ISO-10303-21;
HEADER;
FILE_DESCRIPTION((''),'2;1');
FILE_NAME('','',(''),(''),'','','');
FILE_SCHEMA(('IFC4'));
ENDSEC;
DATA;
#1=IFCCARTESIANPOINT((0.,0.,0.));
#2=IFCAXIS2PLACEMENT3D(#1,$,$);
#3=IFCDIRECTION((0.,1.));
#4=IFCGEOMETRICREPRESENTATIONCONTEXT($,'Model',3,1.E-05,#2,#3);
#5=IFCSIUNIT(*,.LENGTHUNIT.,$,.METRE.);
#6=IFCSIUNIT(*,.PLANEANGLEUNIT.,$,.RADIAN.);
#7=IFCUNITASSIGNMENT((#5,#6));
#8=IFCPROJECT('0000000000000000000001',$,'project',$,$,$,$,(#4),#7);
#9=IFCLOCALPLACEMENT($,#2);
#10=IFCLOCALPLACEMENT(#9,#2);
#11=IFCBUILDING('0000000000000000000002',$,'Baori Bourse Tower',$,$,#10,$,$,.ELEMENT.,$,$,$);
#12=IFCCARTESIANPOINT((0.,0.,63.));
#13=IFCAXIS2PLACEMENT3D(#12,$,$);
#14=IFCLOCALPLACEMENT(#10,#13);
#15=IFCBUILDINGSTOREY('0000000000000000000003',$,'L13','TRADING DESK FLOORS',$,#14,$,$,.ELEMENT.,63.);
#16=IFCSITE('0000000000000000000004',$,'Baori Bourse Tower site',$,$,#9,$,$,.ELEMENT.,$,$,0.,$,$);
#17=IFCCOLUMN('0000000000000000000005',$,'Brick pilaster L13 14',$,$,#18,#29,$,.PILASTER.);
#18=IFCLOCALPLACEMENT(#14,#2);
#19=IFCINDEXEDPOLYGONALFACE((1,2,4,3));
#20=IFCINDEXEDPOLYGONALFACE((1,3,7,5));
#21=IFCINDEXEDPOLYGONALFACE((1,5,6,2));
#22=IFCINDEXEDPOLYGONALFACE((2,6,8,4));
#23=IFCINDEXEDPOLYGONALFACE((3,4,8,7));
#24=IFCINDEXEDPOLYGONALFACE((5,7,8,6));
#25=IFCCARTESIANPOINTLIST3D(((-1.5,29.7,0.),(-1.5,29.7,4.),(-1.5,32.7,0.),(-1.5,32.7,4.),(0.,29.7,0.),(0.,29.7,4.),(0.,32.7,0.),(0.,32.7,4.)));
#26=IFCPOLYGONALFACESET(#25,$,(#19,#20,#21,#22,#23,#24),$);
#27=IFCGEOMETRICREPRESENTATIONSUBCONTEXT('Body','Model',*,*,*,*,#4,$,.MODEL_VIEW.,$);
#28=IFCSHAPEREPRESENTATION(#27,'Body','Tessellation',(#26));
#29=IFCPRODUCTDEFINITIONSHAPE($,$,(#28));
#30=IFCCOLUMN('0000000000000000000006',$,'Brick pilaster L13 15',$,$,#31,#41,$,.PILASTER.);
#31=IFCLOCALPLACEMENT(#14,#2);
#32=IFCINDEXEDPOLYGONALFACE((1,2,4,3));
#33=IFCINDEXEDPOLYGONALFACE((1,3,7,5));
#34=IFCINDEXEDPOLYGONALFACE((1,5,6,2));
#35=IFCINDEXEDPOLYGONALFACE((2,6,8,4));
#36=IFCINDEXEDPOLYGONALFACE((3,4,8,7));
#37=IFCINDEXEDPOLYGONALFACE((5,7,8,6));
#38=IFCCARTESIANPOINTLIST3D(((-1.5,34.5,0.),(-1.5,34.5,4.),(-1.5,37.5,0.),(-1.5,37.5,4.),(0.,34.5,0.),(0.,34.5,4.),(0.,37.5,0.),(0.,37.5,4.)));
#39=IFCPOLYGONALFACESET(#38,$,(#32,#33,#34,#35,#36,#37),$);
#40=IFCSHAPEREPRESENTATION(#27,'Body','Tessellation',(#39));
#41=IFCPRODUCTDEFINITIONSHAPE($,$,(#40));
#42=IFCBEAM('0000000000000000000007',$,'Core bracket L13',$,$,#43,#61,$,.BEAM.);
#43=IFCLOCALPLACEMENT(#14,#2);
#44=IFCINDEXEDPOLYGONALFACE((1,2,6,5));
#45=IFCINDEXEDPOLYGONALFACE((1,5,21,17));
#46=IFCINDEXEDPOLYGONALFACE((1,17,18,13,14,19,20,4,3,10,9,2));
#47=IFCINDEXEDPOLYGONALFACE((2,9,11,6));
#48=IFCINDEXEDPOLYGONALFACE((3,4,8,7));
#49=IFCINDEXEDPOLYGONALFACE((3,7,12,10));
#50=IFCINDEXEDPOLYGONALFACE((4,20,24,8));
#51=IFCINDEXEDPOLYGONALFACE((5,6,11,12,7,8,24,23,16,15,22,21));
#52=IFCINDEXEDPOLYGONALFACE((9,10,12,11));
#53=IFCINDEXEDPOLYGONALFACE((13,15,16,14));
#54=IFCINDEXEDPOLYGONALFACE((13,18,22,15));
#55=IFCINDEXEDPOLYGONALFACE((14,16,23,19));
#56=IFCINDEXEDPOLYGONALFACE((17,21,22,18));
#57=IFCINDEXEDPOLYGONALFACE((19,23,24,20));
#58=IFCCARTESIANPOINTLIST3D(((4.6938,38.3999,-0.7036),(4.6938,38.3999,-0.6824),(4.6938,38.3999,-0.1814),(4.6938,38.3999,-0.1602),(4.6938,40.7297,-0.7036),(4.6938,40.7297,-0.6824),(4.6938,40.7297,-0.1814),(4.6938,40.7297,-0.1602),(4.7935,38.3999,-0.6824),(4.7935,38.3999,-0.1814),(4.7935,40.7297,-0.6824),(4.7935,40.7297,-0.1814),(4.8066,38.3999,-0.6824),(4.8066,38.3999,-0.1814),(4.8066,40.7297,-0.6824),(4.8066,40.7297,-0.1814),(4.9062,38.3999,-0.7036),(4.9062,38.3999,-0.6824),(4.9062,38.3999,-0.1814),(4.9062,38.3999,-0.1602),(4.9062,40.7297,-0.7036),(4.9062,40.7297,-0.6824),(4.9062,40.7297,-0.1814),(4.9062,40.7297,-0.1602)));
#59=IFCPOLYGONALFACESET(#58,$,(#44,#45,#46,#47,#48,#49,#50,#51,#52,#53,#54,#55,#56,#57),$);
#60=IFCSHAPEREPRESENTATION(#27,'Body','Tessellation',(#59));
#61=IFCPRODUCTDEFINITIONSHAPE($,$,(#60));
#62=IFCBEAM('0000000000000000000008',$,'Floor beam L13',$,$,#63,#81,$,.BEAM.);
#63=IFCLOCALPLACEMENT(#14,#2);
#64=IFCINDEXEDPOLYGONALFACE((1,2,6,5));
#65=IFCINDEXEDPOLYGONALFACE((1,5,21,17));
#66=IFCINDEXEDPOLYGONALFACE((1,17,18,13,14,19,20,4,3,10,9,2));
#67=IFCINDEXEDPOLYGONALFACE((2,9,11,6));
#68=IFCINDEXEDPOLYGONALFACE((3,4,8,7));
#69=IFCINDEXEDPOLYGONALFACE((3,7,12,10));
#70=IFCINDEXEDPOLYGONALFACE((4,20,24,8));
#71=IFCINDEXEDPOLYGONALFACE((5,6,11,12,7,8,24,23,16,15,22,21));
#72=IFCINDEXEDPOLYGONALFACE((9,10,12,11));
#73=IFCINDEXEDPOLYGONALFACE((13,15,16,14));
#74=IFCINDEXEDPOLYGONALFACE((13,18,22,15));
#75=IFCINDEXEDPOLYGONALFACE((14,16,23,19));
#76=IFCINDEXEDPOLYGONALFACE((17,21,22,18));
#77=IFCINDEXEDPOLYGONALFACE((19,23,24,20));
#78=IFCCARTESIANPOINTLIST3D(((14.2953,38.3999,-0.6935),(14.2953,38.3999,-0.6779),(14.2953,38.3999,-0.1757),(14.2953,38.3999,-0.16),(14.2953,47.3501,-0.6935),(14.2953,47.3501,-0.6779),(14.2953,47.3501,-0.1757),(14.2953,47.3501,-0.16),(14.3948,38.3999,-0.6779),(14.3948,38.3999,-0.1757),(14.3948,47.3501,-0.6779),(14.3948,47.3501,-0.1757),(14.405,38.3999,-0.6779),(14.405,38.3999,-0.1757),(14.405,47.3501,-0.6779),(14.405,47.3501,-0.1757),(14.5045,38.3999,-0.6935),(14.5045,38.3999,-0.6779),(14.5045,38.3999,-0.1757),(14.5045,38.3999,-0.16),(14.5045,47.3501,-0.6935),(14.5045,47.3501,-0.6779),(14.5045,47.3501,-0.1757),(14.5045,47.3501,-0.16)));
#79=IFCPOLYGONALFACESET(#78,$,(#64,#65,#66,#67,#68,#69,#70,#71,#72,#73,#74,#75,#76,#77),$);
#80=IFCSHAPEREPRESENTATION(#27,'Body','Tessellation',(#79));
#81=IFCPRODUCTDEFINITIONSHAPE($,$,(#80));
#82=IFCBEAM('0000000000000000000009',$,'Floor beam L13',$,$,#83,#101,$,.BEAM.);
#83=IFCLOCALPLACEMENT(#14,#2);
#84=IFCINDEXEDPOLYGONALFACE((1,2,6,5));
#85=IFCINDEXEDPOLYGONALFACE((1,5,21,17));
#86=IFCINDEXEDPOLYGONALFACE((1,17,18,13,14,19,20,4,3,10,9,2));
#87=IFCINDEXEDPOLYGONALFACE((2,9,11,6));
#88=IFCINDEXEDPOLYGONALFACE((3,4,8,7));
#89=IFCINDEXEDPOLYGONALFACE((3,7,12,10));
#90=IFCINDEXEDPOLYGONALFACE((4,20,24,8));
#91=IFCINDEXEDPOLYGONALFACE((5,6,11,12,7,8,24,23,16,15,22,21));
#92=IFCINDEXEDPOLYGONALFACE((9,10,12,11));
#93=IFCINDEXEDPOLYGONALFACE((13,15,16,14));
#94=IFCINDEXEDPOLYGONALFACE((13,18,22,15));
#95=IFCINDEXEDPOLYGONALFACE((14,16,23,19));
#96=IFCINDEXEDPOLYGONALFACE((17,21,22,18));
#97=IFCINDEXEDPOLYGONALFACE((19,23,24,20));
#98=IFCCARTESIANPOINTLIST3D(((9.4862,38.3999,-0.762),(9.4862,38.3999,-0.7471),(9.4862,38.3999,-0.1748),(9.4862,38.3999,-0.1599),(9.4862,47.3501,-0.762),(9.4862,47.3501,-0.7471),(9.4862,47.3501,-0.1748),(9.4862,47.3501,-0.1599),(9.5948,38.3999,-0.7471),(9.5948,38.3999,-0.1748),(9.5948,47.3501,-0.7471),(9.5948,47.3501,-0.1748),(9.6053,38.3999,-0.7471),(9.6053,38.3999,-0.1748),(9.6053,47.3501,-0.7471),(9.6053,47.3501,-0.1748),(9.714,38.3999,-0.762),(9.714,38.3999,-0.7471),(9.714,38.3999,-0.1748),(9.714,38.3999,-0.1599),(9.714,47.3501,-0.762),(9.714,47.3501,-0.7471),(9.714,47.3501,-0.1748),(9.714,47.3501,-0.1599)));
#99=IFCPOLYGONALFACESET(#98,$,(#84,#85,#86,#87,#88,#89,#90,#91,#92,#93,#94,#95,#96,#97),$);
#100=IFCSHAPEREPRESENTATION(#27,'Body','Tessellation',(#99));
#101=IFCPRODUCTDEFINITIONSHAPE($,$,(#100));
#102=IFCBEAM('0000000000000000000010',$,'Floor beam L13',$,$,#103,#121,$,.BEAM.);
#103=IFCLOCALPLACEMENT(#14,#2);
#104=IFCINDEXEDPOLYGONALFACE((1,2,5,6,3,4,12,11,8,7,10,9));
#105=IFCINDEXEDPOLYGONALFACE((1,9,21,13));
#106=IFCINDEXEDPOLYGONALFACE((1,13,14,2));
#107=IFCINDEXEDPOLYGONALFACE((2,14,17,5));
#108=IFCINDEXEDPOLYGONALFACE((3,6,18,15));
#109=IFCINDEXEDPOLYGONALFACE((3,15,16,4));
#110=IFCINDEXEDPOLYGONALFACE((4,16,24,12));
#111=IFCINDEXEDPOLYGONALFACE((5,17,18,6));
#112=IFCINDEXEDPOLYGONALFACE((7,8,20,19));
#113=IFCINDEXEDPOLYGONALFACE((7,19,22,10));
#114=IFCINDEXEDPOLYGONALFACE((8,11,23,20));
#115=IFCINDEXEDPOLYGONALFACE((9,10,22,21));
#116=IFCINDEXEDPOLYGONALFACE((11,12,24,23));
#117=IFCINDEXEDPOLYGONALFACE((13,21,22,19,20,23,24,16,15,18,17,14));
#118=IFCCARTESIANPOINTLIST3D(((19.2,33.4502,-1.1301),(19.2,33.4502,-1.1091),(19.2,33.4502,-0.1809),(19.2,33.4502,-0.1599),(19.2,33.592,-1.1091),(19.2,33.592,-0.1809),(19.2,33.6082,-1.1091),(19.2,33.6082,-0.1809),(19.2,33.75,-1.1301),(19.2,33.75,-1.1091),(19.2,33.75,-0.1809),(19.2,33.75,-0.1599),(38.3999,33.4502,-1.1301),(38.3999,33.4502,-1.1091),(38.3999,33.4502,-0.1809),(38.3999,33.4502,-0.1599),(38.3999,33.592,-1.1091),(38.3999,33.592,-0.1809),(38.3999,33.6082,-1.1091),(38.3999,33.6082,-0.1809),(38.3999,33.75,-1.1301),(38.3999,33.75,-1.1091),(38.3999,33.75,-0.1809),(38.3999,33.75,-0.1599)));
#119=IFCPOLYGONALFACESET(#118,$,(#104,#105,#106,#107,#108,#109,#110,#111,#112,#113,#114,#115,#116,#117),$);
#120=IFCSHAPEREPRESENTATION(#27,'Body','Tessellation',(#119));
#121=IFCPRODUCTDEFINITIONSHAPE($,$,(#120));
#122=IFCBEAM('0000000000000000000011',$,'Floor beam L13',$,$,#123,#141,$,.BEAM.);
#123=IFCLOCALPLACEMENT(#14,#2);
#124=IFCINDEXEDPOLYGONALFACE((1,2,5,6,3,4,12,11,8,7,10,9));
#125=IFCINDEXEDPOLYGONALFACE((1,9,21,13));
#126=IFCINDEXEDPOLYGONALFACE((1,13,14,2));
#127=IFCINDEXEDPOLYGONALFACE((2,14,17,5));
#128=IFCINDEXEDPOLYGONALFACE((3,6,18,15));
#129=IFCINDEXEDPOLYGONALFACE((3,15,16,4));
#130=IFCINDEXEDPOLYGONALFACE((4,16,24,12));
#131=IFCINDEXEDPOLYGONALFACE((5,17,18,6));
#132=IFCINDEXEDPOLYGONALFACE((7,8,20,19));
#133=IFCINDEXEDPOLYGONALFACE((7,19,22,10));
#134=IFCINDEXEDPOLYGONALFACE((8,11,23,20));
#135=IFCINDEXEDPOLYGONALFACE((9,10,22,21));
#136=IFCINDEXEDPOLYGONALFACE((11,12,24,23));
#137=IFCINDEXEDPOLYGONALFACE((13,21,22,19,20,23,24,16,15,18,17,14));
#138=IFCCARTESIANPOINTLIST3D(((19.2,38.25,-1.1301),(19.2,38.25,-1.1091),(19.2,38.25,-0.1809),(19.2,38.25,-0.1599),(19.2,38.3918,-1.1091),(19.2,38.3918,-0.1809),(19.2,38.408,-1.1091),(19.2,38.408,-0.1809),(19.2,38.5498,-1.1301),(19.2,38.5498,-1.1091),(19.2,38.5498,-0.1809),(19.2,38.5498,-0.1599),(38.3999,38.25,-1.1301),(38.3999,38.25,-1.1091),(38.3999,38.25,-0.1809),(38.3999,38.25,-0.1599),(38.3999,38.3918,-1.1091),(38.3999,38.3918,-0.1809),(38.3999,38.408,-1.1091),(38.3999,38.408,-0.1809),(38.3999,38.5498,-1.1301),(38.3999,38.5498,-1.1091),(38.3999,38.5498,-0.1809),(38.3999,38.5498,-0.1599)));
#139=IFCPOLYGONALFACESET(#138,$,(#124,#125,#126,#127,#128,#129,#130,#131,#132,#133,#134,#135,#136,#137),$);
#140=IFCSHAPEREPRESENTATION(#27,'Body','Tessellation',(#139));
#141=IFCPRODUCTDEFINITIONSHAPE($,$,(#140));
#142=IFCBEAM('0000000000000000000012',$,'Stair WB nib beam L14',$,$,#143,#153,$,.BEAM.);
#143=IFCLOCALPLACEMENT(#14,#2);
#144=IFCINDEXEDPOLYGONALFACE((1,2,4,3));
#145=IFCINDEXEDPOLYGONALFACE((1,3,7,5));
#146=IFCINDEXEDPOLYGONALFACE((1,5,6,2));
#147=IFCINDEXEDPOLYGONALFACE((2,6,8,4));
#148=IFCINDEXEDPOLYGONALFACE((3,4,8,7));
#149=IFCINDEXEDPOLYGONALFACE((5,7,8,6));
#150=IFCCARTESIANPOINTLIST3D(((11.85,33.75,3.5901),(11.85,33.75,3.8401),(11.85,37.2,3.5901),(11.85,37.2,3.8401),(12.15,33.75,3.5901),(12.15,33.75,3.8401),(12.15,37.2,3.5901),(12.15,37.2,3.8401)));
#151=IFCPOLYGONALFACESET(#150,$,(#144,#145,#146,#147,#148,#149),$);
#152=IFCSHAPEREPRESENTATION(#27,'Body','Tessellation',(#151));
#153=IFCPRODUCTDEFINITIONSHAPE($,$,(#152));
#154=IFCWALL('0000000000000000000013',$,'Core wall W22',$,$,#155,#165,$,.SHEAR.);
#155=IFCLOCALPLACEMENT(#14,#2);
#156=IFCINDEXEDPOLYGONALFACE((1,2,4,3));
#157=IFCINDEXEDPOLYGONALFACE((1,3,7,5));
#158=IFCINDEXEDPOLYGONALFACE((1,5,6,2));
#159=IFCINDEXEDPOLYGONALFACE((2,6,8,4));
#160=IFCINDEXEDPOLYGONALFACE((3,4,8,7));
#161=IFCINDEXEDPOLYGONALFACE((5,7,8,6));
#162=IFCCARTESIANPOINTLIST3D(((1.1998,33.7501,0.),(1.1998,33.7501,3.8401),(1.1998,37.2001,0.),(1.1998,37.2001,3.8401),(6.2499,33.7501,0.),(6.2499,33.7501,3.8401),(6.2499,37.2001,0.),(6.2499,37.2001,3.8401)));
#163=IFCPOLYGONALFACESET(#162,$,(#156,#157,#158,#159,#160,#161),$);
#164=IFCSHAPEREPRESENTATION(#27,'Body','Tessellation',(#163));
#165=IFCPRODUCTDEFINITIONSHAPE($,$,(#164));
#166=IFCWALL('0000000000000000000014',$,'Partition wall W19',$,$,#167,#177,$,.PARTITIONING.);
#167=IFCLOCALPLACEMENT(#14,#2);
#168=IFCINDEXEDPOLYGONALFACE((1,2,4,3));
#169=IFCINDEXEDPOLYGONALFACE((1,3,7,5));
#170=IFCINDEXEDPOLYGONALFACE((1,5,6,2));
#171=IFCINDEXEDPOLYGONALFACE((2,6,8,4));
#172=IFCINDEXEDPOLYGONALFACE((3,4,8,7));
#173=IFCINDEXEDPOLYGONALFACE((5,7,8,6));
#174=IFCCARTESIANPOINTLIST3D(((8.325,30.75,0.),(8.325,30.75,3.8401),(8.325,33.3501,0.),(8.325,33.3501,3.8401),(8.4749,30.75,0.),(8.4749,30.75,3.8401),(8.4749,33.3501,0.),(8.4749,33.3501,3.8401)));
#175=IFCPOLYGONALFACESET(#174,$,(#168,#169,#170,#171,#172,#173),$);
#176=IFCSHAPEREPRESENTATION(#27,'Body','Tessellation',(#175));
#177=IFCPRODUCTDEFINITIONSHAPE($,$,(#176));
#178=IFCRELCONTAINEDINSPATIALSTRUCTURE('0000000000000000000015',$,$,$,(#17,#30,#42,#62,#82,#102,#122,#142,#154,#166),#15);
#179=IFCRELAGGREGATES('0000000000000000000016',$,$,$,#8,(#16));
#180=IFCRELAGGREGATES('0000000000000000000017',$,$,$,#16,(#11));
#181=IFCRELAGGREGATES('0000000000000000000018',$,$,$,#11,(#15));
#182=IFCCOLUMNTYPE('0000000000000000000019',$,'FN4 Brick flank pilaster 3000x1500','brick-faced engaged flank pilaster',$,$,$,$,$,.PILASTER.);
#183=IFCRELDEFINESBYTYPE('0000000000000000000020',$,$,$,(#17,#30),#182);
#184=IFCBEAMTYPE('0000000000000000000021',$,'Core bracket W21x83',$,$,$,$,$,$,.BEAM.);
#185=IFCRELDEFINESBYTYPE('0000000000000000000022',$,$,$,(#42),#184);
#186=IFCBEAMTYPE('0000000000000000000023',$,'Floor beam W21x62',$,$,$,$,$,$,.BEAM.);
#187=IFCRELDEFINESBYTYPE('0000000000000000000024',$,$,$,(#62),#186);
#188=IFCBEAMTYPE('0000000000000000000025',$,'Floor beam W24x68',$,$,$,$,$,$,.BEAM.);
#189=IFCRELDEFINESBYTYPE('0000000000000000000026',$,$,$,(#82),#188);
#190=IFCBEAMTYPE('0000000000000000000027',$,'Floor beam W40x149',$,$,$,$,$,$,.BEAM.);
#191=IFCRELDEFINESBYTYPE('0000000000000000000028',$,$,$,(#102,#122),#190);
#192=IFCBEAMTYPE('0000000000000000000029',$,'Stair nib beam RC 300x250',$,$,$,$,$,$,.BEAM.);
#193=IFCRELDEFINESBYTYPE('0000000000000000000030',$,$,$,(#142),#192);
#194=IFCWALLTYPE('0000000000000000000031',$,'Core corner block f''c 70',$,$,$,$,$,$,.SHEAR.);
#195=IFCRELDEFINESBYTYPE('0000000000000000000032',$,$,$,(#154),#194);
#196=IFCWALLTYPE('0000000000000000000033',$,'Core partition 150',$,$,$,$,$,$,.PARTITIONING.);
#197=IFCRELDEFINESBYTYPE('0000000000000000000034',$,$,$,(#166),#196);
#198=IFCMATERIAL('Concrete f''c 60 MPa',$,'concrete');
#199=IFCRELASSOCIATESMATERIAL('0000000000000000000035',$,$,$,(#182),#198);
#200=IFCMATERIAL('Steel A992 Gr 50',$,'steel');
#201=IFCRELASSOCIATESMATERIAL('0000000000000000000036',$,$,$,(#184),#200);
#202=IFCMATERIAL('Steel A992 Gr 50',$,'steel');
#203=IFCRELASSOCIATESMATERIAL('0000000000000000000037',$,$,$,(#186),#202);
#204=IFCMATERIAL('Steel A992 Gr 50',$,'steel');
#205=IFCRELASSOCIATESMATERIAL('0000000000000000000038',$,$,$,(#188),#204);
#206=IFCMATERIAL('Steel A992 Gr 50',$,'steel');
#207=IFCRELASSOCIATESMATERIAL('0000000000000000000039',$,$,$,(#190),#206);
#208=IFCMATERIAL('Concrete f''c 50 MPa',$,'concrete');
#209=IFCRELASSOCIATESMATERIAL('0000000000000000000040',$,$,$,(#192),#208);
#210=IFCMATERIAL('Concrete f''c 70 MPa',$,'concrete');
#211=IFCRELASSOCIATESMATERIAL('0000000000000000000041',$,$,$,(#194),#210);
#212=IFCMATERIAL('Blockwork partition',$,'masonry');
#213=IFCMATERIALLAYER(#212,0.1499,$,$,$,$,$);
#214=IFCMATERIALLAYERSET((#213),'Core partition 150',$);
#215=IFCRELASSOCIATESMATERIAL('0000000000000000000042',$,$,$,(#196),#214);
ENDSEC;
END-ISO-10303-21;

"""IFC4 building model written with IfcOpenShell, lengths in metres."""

from ifc_helpers import new_model, si_unit, direction, frame, frame_2d, origin, origin_2d, place, context, subcontext, project, spatial, rectangle, i_section, extrude, material, layer, layer_set, material_profile, profile_set, type_object, element, save


model = new_model("IFC4")

# Units and contexts
model_context = context("Model", 3, precision=1e-05, world=origin(), true_north=direction((0.0, 1.0)))
body_context = subcontext(model_context, "Body", "Model", "MODEL_VIEW")
ifc_project = project(units=[si_unit("LENGTHUNIT", "METRE"), si_unit("PLANEANGLEUNIT", "RADIAN")], contexts=[model_context])

# Site, building, storey
site_placement = place(None, origin())
site = spatial("IfcSite", under=ifc_project, at=site_placement, Name="Baori Bourse Tower site", CompositionType="ELEMENT", RefElevation=0.0)
building_placement = place(site_placement, origin())
building = spatial("IfcBuilding", under=site, at=building_placement, Name="Baori Bourse Tower", CompositionType="ELEMENT")
storey_placement = place(building_placement, frame((0.0, 0.0, 63.0)))
storey = spatial("IfcBuildingStorey", under=building, at=storey_placement, Name="L13", Description="TRADING DESK FLOORS", CompositionType="ELEMENT", Elevation=63.0)

# Columns
ifc_material_1 = material(Name="Concrete f'c 60 MPa", Category="concrete")
ifc_material_profile_1 = material_profile(ifc_material_1, rectangle(XDim=3.0, YDim=1.5, at=origin_2d()), Name="RC 3000x1500")
ifc_profile_set_1 = profile_set([ifc_material_profile_1], Name="Concrete f'c 60 MPa")
column_type = type_object("IfcColumnType", Name="FN4 Brick flank pilaster 3000x1500", Description="brick-faced engaged flank pilaster", PredefinedType="PILASTER", material=ifc_profile_set_1)
for number, where, z_axis, x_axis, name in (
    (1, (-0.75, 31.2, 0.0), (0.0, 0.0, 1.0), (0.0, 1.0, 0.0), "Brick pilaster L13 14"),
    (2, (-0.75, 36.0, 0.0), (0.0, 0.0, 1.0), (0.0, 1.0, 0.0), "Brick pilaster L13 15"),
):
    element("IfcColumn", number, at=place(storey_placement, frame(where, z_axis=z_axis, x_axis=x_axis)), inside=storey, type_object=column_type, Name=name, PredefinedType="PILASTER", context=body_context, shape_type="SweptSolid", body=[
        extrude(rectangle(XDim=3.0, YDim=1.5, at=origin_2d()), origin(), (0.0, 0.0, 1.0), 4.0),
    ])

# Beams
ifc_material_2 = material(Name="Steel A992 Gr 50", Category="steel")
ifc_material_profile_2 = material_profile(ifc_material_2, i_section(OverallWidth=0.2124, OverallDepth=0.5435, WebThickness=0.0132, FlangeThickness=0.0212, at=origin_2d()), Name="W21x83")
ifc_profile_set_2 = profile_set([ifc_material_profile_2], Name="Steel A992 Gr 50")
beam_type_1 = type_object("IfcBeamType", Name="Core bracket W21x83", PredefinedType="BEAM", material=ifc_profile_set_2)
beam_1_placement = place(storey_placement, frame((4.8, 38.3999, -0.4319), z_axis=(0.0, 1.0, 0.0), x_axis=(-1.0, 0.0, 0.0)))
element("IfcBeam", 3, at=beam_1_placement, inside=storey, type_object=beam_type_1, Name="Core bracket L13", PredefinedType="BEAM", context=body_context, shape_type="SweptSolid", body=[
    extrude(i_section(OverallWidth=0.2124, OverallDepth=0.5435, WebThickness=0.0132, FlangeThickness=0.0212, at=origin_2d()), origin(), (0.0, 0.0, 1.0), 2.3298),
])
ifc_material_3 = material(Name="Steel A992 Gr 50", Category="steel")
ifc_material_profile_3 = material_profile(ifc_material_3, i_section(OverallWidth=0.2092, OverallDepth=0.5334, WebThickness=0.0103, FlangeThickness=0.0156, at=origin_2d()), Name="W21x62")
ifc_profile_set_3 = profile_set([ifc_material_profile_3], Name="Steel A992 Gr 50")
beam_type_2 = type_object("IfcBeamType", Name="Floor beam W21x62", PredefinedType="BEAM", material=ifc_profile_set_3)
beam_2_placement = place(storey_placement, frame((14.3999, 38.3999, -0.4268), z_axis=(0.0, 1.0, 0.0), x_axis=(-1.0, 0.0, 0.0)))
element("IfcBeam", 4, at=beam_2_placement, inside=storey, type_object=beam_type_2, Name="Floor beam L13", PredefinedType="BEAM", context=body_context, shape_type="SweptSolid", body=[
    extrude(i_section(OverallWidth=0.2092, OverallDepth=0.5334, WebThickness=0.0103, FlangeThickness=0.0156, at=origin_2d()), origin(), (0.0, 0.0, 1.0), 8.9502),
])
ifc_material_4 = material(Name="Steel A992 Gr 50", Category="steel")
ifc_material_profile_4 = material_profile(ifc_material_4, i_section(OverallWidth=0.2278, OverallDepth=0.6021, WebThickness=0.0105, FlangeThickness=0.0149, at=origin_2d()), Name="W24x68")
ifc_profile_set_4 = profile_set([ifc_material_profile_4], Name="Steel A992 Gr 50")
beam_type_3 = type_object("IfcBeamType", Name="Floor beam W24x68", PredefinedType="BEAM", material=ifc_profile_set_4)
beam_3_placement = place(storey_placement, frame((9.6001, 38.3999, -0.4609), z_axis=(0.0, 1.0, 0.0), x_axis=(-1.0, 0.0, 0.0)))
element("IfcBeam", 5, at=beam_3_placement, inside=storey, type_object=beam_type_3, Name="Floor beam L13", PredefinedType="BEAM", context=body_context, shape_type="SweptSolid", body=[
    extrude(i_section(OverallWidth=0.2278, OverallDepth=0.6021, WebThickness=0.0105, FlangeThickness=0.0149, at=origin_2d()), origin(), (0.0, 0.0, 1.0), 8.9502),
])
ifc_material_5 = material(Name="Steel A992 Gr 50", Category="steel")
ifc_material_profile_5 = material_profile(ifc_material_5, i_section(OverallWidth=0.2998, OverallDepth=0.9702, WebThickness=0.0161, FlangeThickness=0.021, at=origin_2d()), Name="W40x149")
ifc_profile_set_5 = profile_set([ifc_material_profile_5], Name="Steel A992 Gr 50")
beam_type_4 = type_object("IfcBeamType", Name="Floor beam W40x149", PredefinedType="BEAM", material=ifc_profile_set_5)
for number, where, z_axis, x_axis, name in (
    (6, (19.2, 33.6001, -0.645), (1.0, 0.0, 0.0), (0.0, 1.0, 0.0), "Floor beam L13"),
    (7, (19.2, 38.3999, -0.645), (1.0, 0.0, 0.0), (0.0, 1.0, 0.0), "Floor beam L13"),
):
    element("IfcBeam", number, at=place(storey_placement, frame(where, z_axis=z_axis, x_axis=x_axis)), inside=storey, type_object=beam_type_4, Name=name, PredefinedType="BEAM", context=body_context, shape_type="SweptSolid", body=[
        extrude(i_section(OverallWidth=0.2998, OverallDepth=0.9702, WebThickness=0.0161, FlangeThickness=0.021, at=origin_2d()), origin(), (0.0, 0.0, 1.0), 19.2),
    ])
ifc_material_6 = material(Name="Concrete f'c 50 MPa", Category="concrete")
ifc_material_profile_6 = material_profile(ifc_material_6, rectangle(XDim=0.3, YDim=0.25, at=origin_2d()), Name="RC 300x250")
ifc_profile_set_6 = profile_set([ifc_material_profile_6], Name="Concrete f'c 50 MPa")
beam_type_5 = type_object("IfcBeamType", Name="Stair nib beam RC 300x250", PredefinedType="BEAM", material=ifc_profile_set_6)
beam_4_placement = place(storey_placement, frame((12.0, 33.75, 3.7151), z_axis=(0.0, 1.0, 0.0), x_axis=(-1.0, 0.0, 0.0)))
element("IfcBeam", 8, at=beam_4_placement, inside=storey, type_object=beam_type_5, Name="Stair WB nib beam L14", PredefinedType="BEAM", context=body_context, shape_type="SweptSolid", body=[
    extrude(rectangle(XDim=0.3, YDim=0.25, at=origin_2d()), origin(), (0.0, 0.0, 1.0), 3.45),
])

# Walls
ifc_material_7 = material(Name="Concrete f'c 70 MPa", Category="concrete")
wall_type_1 = type_object("IfcWallType", Name="Core corner block f'c 70", PredefinedType="SHEAR", material=ifc_material_7)
wall_1_placement = place(storey_placement, frame((1.2, 35.4751, 0.0), z_axis=(0.0, 0.0, 1.0), x_axis=(1.0, 0.0, 0.0)))
element("IfcWall", 9, at=wall_1_placement, inside=storey, type_object=wall_type_1, Name="Core wall W22", PredefinedType="SHEAR", context=body_context, shape_type="SweptSolid", body=[
    extrude(rectangle(XDim=5.05, YDim=3.45, at=frame_2d((2.5249, 0.0))), origin(), (0.0, 0.0, 1.0), 3.8401),
])
ifc_material_8 = material(Name="Blockwork partition", Category="masonry")
ifc_layer_1 = layer(ifc_material_8, 0.1499)
ifc_layer_set_1 = layer_set([ifc_layer_1], Name="Core partition 150")
wall_type_2 = type_object("IfcWallType", Name="Core partition 150", PredefinedType="PARTITIONING", material=ifc_layer_set_1)
for number, where, z_axis, x_axis, name in (
    (10, (8.3999, 30.75, 0.0), (0.0, 0.0, 1.0), (0.0, 1.0, 0.0), "Partition wall W19"),
):
    element("IfcWall", number, at=place(storey_placement, frame(where, z_axis=z_axis, x_axis=x_axis)), inside=storey, type_object=wall_type_2, Name=name, PredefinedType="PARTITIONING", context=body_context, shape_type="SweptSolid", body=[
        extrude(rectangle(XDim=2.6001, YDim=0.1499, at=frame_2d((1.3, 0.0))), origin(), (0.0, 0.0, 1.0), 3.8401),
    ])

save(model, "model.ifc")
